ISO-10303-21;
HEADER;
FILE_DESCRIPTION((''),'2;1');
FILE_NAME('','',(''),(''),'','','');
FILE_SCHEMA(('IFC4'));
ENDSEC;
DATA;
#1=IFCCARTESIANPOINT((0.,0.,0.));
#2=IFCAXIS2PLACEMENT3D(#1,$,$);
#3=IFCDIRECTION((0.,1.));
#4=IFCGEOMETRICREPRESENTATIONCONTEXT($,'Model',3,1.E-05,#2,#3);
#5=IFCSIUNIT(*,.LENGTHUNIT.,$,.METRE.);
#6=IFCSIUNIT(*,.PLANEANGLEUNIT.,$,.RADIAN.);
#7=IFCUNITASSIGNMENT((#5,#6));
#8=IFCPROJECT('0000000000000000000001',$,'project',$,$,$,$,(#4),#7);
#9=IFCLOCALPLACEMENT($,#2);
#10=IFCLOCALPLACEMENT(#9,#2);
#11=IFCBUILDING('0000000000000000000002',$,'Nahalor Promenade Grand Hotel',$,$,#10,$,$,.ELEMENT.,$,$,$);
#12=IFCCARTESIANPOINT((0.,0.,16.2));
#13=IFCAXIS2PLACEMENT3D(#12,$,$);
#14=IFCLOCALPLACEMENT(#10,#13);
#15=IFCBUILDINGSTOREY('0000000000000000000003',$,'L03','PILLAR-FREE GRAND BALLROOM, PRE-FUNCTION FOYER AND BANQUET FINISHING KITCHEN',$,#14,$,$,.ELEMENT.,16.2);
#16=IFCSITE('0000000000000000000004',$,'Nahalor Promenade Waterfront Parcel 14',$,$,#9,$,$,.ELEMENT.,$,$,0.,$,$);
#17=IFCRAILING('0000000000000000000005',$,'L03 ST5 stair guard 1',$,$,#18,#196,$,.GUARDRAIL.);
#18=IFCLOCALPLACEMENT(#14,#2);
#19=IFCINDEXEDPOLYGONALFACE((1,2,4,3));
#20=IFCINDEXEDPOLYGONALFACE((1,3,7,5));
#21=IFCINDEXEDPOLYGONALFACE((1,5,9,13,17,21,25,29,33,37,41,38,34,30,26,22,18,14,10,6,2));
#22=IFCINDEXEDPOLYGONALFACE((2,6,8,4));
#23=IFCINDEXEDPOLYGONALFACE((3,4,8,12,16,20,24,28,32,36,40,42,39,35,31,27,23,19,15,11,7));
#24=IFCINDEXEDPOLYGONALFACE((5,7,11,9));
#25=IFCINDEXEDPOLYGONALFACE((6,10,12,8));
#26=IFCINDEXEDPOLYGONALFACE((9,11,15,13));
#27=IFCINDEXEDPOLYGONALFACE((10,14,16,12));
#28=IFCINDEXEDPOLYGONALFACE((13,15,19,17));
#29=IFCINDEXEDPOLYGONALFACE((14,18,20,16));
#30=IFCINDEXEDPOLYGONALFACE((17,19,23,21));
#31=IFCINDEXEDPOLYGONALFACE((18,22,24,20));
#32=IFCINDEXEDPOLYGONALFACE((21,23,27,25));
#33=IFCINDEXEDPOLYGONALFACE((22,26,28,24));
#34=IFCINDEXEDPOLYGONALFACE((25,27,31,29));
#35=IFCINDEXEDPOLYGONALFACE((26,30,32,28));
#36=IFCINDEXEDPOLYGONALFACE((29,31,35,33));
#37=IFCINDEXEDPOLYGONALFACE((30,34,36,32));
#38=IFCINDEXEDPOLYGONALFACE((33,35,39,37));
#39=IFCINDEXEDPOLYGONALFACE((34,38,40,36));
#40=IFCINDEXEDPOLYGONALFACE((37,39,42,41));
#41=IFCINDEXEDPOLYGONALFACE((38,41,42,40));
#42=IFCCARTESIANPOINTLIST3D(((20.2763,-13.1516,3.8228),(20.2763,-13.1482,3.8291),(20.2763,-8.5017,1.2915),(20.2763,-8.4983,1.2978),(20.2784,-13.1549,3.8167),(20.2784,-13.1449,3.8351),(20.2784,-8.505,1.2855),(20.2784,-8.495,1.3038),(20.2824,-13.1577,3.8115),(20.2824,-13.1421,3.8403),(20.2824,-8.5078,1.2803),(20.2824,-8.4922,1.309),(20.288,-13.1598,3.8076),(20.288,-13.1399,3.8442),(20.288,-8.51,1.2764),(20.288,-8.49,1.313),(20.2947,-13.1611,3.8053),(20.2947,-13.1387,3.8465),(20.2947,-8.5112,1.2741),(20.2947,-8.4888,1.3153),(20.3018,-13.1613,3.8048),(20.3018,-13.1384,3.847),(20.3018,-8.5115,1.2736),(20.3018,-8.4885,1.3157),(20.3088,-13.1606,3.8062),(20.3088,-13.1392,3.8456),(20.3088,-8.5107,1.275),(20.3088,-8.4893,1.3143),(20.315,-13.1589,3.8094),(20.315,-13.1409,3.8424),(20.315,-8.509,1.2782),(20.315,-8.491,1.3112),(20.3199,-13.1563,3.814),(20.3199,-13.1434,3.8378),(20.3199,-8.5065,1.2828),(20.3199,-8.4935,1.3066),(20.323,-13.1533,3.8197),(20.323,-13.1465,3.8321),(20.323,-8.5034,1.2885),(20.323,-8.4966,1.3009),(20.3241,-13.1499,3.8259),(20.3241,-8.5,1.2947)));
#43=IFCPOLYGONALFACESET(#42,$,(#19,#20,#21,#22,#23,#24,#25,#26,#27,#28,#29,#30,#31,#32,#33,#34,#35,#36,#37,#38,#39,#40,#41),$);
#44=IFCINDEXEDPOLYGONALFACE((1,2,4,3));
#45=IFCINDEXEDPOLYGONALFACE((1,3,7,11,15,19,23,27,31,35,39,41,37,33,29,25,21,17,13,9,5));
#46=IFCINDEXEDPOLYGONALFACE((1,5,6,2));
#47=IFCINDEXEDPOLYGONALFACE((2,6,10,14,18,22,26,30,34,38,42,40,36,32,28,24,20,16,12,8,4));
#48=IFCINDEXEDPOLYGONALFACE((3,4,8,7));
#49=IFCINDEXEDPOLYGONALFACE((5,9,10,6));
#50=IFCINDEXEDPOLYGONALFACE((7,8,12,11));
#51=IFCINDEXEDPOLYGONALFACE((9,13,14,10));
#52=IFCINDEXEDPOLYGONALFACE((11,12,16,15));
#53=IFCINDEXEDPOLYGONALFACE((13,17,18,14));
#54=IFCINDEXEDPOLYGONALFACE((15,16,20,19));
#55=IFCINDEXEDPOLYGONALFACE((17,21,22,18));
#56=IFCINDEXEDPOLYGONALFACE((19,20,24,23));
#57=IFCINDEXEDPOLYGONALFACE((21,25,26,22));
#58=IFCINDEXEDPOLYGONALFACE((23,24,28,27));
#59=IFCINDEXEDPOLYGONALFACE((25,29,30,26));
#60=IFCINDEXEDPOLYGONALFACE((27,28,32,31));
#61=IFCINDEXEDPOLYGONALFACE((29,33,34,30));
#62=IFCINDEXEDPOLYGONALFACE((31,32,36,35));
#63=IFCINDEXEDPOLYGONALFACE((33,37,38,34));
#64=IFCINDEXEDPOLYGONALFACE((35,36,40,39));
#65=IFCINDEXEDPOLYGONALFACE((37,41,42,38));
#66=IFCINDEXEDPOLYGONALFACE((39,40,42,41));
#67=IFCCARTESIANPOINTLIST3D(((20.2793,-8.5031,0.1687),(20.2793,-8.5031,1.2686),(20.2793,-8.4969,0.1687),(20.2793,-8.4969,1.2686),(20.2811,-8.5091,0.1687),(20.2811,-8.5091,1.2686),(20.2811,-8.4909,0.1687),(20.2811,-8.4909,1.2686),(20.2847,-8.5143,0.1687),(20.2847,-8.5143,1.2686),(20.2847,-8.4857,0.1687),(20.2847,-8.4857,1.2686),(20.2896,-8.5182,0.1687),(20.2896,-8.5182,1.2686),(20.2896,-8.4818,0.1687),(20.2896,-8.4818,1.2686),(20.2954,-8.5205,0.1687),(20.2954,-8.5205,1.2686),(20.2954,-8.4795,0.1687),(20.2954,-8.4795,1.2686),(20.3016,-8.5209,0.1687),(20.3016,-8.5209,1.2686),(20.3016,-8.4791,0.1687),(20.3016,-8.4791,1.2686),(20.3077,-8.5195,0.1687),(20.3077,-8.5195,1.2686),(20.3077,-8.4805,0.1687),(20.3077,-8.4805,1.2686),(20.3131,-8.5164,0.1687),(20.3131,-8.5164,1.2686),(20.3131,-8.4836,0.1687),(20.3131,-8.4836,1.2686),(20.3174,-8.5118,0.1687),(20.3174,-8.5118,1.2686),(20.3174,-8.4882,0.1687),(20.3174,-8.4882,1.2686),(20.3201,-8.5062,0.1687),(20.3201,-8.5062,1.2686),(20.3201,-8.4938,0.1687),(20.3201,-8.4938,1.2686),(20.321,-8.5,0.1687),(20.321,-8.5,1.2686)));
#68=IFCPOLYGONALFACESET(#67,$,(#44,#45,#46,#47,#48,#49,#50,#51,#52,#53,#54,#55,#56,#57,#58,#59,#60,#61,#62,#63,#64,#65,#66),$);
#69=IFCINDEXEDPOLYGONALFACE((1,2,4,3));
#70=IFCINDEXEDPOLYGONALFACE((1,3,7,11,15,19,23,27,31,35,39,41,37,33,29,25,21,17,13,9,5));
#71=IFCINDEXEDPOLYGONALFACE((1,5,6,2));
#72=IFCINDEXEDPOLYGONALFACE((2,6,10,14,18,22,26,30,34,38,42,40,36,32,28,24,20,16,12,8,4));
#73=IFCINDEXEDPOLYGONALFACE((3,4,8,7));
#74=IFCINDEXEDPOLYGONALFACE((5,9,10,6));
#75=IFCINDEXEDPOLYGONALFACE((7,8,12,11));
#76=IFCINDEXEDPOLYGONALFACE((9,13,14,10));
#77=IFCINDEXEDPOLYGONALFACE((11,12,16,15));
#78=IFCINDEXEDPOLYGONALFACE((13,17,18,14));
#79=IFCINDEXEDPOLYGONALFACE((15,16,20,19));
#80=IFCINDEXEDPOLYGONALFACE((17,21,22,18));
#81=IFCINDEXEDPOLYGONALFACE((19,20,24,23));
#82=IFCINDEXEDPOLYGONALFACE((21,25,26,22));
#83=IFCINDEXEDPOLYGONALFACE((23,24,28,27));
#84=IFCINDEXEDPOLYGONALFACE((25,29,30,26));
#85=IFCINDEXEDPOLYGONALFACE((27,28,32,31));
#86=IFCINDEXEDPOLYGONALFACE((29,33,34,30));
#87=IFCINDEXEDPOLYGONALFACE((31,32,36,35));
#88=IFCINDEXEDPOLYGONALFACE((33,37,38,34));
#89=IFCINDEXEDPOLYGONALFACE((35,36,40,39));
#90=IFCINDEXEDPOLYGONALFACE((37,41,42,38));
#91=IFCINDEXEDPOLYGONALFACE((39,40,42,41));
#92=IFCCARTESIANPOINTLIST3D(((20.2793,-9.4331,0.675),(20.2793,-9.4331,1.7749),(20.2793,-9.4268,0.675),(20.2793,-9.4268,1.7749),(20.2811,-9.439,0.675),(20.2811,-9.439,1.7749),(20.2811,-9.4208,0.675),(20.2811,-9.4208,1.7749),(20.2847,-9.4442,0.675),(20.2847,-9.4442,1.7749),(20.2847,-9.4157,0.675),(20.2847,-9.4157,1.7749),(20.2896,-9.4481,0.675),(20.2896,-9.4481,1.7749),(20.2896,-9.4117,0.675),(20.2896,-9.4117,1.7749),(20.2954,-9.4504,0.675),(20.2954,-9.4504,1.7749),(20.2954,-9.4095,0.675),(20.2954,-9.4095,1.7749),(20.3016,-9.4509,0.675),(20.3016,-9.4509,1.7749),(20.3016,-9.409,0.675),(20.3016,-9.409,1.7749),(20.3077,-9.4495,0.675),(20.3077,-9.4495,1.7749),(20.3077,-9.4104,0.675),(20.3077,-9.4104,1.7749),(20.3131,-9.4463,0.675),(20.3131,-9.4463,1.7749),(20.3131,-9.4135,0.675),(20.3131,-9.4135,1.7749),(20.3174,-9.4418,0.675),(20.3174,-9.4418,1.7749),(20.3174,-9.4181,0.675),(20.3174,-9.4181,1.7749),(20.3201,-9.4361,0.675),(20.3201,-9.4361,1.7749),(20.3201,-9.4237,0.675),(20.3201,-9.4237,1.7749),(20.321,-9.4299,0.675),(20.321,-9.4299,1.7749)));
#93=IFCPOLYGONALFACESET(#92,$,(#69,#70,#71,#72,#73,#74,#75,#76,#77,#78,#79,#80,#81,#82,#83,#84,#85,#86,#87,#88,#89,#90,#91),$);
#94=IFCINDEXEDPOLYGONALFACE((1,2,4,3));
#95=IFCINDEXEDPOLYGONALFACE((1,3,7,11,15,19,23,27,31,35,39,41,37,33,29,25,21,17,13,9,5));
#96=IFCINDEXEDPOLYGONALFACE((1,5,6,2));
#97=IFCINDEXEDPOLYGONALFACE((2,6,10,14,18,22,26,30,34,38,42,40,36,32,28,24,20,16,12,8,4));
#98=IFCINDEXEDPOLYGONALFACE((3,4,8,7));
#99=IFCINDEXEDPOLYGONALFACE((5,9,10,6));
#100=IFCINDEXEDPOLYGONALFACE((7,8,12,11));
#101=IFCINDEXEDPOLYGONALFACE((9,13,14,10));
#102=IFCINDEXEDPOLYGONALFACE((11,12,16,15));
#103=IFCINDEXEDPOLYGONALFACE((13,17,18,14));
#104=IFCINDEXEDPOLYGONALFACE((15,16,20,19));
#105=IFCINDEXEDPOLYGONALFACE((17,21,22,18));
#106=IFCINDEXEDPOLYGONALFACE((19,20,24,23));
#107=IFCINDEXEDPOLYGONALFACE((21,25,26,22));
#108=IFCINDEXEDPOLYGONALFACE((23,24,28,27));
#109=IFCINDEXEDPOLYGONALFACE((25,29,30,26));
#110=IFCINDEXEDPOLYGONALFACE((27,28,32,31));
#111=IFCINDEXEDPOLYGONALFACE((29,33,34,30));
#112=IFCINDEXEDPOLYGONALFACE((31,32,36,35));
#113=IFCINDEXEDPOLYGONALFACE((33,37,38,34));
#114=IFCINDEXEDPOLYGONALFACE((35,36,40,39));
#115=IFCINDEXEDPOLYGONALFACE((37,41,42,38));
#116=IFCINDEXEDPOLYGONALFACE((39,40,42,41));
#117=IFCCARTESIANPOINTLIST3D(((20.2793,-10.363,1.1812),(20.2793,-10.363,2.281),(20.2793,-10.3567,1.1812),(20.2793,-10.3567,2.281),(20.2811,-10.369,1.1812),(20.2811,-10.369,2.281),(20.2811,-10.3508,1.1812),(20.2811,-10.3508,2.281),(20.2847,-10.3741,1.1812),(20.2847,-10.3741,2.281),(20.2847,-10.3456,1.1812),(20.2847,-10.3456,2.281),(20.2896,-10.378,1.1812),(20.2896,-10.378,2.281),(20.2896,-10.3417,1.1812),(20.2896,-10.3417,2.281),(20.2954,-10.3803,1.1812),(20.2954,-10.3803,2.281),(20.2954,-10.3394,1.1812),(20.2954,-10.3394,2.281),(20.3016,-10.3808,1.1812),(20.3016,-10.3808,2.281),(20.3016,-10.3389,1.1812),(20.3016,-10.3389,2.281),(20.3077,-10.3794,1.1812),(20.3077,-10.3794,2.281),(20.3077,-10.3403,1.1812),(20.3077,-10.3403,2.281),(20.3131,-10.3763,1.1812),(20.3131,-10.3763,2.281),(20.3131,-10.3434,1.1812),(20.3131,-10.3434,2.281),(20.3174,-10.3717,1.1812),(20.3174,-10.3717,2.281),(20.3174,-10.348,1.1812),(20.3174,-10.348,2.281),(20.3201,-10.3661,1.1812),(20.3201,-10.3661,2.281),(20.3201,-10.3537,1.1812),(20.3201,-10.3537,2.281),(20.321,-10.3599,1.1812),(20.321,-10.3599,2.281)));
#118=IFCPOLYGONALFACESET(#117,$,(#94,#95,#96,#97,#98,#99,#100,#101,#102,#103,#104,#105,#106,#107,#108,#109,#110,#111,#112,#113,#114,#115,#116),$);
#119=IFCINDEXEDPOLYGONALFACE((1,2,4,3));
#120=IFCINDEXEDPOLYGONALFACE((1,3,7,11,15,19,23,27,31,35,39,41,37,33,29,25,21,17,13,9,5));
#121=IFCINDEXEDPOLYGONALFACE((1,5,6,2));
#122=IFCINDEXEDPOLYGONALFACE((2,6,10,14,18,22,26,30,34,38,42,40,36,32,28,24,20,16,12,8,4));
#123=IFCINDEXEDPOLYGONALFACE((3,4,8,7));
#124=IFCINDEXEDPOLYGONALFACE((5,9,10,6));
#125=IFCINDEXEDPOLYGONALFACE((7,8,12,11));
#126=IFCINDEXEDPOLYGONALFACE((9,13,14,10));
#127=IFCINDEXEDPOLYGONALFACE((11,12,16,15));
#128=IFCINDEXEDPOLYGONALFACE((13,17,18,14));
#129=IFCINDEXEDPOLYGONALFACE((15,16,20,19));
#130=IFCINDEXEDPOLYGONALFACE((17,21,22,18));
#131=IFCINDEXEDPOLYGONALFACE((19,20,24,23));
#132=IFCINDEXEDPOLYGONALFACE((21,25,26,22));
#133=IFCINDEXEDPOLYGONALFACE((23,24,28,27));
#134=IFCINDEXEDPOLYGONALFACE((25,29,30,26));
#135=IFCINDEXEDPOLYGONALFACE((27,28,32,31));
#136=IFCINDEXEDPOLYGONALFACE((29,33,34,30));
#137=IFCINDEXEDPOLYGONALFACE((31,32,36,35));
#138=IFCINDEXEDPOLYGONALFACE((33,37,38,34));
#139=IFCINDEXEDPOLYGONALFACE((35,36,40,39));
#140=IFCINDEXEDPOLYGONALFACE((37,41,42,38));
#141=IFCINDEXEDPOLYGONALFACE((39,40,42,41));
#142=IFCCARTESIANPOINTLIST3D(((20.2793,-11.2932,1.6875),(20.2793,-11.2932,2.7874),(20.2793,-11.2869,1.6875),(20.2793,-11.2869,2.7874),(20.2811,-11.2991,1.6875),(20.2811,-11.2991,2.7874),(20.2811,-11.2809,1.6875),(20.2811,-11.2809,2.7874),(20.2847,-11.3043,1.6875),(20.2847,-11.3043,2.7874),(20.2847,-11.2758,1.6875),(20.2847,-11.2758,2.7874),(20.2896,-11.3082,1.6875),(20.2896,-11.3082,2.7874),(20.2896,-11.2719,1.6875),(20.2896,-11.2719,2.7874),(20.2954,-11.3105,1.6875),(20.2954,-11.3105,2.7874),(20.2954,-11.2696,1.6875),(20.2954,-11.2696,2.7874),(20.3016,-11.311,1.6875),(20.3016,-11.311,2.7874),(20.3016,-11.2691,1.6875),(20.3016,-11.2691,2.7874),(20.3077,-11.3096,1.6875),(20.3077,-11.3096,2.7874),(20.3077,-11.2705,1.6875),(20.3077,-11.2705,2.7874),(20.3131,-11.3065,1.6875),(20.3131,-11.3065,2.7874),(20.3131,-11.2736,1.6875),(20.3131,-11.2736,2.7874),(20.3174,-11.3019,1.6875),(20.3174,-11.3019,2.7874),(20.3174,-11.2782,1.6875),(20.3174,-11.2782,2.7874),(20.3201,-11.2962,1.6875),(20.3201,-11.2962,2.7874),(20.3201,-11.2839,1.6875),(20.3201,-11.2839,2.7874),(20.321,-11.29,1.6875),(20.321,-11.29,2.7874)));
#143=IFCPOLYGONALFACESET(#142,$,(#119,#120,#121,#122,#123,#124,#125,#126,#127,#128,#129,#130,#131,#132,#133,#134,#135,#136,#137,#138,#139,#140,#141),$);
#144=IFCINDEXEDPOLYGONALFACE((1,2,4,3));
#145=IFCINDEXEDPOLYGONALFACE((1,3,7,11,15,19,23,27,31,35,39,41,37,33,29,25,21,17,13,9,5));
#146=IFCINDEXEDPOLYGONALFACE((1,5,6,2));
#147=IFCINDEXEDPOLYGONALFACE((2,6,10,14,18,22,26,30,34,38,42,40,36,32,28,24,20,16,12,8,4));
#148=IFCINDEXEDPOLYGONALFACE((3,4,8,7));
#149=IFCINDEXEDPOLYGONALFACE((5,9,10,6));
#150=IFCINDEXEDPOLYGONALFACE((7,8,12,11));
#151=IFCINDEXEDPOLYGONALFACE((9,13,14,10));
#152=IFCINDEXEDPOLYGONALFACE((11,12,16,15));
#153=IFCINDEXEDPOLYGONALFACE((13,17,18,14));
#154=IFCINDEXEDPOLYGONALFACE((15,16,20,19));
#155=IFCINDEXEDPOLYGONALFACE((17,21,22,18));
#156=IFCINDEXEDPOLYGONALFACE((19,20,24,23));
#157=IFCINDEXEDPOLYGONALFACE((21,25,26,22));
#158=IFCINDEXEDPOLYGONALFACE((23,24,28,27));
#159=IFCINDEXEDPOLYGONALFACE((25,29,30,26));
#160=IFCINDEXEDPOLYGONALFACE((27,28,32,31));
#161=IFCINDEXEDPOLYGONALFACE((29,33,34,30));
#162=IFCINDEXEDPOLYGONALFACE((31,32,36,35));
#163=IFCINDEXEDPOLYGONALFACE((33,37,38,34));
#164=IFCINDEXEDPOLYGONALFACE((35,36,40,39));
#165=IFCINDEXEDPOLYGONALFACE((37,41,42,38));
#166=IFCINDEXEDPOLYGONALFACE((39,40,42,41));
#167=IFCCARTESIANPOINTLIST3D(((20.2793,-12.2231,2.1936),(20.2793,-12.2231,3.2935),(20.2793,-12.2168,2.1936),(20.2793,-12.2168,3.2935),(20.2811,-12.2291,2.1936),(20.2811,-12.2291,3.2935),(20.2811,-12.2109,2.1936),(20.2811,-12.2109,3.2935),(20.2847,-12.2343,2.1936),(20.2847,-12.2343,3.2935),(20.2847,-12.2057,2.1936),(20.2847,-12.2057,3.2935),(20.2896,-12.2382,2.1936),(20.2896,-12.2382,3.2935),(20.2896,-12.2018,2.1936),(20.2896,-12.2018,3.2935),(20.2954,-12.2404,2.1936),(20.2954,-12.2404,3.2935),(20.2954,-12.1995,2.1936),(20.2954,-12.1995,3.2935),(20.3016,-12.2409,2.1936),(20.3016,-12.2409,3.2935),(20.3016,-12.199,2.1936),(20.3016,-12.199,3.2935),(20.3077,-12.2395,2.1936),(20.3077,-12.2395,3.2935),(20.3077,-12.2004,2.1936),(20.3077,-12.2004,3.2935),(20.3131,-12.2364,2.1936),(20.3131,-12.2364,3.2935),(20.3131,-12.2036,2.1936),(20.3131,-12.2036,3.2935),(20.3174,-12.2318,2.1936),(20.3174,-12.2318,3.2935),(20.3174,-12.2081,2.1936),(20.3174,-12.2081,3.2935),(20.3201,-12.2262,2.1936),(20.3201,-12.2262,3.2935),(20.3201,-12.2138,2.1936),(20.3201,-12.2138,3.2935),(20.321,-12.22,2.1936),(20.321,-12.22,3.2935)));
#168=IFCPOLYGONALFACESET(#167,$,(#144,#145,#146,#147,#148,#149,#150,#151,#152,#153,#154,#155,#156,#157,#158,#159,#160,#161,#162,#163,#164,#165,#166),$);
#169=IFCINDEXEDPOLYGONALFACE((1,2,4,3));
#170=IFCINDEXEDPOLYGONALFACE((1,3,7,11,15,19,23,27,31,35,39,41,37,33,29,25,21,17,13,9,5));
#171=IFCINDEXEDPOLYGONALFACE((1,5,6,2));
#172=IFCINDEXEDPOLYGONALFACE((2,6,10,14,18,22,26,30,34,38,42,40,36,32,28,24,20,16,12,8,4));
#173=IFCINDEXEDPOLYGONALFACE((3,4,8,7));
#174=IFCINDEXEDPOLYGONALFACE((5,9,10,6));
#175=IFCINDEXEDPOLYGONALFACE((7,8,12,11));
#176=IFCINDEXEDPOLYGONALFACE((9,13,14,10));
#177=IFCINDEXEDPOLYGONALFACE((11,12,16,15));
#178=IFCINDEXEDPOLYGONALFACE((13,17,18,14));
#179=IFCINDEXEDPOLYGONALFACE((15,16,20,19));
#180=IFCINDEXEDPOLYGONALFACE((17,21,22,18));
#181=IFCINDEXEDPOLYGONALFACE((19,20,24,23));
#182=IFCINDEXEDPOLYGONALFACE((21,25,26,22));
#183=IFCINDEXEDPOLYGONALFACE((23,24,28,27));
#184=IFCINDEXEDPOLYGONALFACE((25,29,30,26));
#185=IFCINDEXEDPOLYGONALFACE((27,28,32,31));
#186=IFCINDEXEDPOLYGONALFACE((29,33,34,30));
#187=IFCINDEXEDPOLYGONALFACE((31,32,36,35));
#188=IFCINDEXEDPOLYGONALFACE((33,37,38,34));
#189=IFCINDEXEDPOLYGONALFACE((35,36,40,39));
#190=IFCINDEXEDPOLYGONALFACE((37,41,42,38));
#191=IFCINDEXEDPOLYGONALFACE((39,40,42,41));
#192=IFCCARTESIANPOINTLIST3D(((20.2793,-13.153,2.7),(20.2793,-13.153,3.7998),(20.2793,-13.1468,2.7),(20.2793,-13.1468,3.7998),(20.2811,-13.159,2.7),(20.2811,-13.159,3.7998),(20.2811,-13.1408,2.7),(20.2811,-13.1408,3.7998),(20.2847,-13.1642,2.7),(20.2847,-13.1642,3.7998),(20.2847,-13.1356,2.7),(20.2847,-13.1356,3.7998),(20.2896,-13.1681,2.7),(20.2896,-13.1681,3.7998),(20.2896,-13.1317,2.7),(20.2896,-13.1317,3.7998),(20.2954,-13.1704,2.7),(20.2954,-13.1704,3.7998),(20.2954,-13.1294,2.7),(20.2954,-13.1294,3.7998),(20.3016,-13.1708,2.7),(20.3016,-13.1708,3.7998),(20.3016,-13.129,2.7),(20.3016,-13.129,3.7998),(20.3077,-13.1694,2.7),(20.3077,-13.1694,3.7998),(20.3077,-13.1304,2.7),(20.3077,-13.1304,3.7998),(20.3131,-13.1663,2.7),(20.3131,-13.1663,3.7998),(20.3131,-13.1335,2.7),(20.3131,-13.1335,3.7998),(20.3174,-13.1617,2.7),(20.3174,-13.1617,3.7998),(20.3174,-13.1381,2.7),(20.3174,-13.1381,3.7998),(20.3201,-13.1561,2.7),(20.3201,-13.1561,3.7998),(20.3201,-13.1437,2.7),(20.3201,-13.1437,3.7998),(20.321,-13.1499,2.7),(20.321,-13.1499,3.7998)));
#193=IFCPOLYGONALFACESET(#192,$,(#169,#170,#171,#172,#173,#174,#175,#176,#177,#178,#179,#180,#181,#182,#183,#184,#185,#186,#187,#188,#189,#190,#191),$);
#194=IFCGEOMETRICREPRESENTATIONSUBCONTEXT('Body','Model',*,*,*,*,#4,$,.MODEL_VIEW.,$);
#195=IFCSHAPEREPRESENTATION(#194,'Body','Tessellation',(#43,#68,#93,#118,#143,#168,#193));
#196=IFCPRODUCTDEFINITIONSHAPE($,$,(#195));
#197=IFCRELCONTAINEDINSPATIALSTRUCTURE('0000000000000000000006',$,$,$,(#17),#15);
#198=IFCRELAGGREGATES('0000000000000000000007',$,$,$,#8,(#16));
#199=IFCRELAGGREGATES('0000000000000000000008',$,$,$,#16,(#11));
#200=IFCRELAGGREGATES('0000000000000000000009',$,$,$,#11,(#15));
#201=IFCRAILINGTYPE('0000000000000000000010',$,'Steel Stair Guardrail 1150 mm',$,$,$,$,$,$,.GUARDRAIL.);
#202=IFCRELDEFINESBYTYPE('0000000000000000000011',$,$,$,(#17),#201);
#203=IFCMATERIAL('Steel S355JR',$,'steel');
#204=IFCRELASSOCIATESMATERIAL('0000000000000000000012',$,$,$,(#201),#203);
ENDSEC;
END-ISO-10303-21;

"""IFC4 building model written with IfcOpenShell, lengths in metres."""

from ifc_helpers import new_model, si_unit, direction, frame, origin, origin_2d, place, context, subcontext, project, spatial, circle, extrude, material, type_object, element, save


model = new_model("IFC4")

# Units and contexts
model_context = context("Model", 3, precision=1e-05, world=origin(), true_north=direction((0.0, 1.0)))
body_context = subcontext(model_context, "Body", "Model", "MODEL_VIEW")
ifc_project = project(units=[si_unit("LENGTHUNIT", "METRE"), si_unit("PLANEANGLEUNIT", "RADIAN")], contexts=[model_context])

# Site, building, storey
site_placement = place(None, origin())
site = spatial("IfcSite", under=ifc_project, at=site_placement, Name="Nahalor Promenade Waterfront Parcel 14", CompositionType="ELEMENT", RefElevation=0.0)
building_placement = place(site_placement, origin())
building = spatial("IfcBuilding", under=site, at=building_placement, Name="Nahalor Promenade Grand Hotel", CompositionType="ELEMENT")
storey_placement = place(building_placement, frame((0.0, 0.0, 16.2)))
storey = spatial("IfcBuildingStorey", under=building, at=storey_placement, Name="L03", Description="PILLAR-FREE GRAND BALLROOM, PRE-FUNCTION FOYER AND BANQUET FINISHING KITCHEN", CompositionType="ELEMENT", Elevation=16.2)

# Shared definitions
ifc_material_1 = material(Name="Steel S355JR", Category="steel")

# Railing
railing_type_1 = type_object("IfcRailingType", Name="Steel Stair Guardrail 1150 mm", PredefinedType="GUARDRAIL", material=ifc_material_1)
railing_1_placement = place(storey_placement, frame((20.3, -8.5, 0.1687)))
element("IfcRailing", 1, at=railing_1_placement, inside=storey, type_object=railing_type_1, Name="L03 ST5 stair guard 1", PredefinedType="GUARDRAIL", context=body_context, shape_type="SweptSolid", body=[
    extrude(circle(Radius=0.024, at=origin_2d()), frame((0.0, 0.0, 1.126), z_axis=(0.0, -0.878297, 0.478115), x_axis=(1.0, 0.0, 0.0)), (0.0, 0.0, 1.0), 5.2942),
    extrude(circle(Radius=0.021, at=origin_2d()), origin(), (0.0, 0.0, 1.0), 1.0999),
    extrude(circle(Radius=0.021, at=origin_2d()), frame((0.0, -0.9299, 0.5063)), (0.0, 0.0, 1.0), 1.0999),
    extrude(circle(Radius=0.021, at=origin_2d()), frame((0.0, -1.8599, 1.0125)), (0.0, 0.0, 1.0), 1.0999),
    extrude(circle(Radius=0.021, at=origin_2d()), frame((0.0, -2.79, 1.5188)), (0.0, 0.0, 1.0), 1.0999),
    extrude(circle(Radius=0.021, at=origin_2d()), frame((0.0, -3.72, 2.0249)), (0.0, 0.0, 1.0), 1.0999),
    extrude(circle(Radius=0.021, at=origin_2d()), frame((0.0, -4.6499, 2.5312)), (0.0, 0.0, 1.0), 1.0999),
])

save(model, "model.ifc")
